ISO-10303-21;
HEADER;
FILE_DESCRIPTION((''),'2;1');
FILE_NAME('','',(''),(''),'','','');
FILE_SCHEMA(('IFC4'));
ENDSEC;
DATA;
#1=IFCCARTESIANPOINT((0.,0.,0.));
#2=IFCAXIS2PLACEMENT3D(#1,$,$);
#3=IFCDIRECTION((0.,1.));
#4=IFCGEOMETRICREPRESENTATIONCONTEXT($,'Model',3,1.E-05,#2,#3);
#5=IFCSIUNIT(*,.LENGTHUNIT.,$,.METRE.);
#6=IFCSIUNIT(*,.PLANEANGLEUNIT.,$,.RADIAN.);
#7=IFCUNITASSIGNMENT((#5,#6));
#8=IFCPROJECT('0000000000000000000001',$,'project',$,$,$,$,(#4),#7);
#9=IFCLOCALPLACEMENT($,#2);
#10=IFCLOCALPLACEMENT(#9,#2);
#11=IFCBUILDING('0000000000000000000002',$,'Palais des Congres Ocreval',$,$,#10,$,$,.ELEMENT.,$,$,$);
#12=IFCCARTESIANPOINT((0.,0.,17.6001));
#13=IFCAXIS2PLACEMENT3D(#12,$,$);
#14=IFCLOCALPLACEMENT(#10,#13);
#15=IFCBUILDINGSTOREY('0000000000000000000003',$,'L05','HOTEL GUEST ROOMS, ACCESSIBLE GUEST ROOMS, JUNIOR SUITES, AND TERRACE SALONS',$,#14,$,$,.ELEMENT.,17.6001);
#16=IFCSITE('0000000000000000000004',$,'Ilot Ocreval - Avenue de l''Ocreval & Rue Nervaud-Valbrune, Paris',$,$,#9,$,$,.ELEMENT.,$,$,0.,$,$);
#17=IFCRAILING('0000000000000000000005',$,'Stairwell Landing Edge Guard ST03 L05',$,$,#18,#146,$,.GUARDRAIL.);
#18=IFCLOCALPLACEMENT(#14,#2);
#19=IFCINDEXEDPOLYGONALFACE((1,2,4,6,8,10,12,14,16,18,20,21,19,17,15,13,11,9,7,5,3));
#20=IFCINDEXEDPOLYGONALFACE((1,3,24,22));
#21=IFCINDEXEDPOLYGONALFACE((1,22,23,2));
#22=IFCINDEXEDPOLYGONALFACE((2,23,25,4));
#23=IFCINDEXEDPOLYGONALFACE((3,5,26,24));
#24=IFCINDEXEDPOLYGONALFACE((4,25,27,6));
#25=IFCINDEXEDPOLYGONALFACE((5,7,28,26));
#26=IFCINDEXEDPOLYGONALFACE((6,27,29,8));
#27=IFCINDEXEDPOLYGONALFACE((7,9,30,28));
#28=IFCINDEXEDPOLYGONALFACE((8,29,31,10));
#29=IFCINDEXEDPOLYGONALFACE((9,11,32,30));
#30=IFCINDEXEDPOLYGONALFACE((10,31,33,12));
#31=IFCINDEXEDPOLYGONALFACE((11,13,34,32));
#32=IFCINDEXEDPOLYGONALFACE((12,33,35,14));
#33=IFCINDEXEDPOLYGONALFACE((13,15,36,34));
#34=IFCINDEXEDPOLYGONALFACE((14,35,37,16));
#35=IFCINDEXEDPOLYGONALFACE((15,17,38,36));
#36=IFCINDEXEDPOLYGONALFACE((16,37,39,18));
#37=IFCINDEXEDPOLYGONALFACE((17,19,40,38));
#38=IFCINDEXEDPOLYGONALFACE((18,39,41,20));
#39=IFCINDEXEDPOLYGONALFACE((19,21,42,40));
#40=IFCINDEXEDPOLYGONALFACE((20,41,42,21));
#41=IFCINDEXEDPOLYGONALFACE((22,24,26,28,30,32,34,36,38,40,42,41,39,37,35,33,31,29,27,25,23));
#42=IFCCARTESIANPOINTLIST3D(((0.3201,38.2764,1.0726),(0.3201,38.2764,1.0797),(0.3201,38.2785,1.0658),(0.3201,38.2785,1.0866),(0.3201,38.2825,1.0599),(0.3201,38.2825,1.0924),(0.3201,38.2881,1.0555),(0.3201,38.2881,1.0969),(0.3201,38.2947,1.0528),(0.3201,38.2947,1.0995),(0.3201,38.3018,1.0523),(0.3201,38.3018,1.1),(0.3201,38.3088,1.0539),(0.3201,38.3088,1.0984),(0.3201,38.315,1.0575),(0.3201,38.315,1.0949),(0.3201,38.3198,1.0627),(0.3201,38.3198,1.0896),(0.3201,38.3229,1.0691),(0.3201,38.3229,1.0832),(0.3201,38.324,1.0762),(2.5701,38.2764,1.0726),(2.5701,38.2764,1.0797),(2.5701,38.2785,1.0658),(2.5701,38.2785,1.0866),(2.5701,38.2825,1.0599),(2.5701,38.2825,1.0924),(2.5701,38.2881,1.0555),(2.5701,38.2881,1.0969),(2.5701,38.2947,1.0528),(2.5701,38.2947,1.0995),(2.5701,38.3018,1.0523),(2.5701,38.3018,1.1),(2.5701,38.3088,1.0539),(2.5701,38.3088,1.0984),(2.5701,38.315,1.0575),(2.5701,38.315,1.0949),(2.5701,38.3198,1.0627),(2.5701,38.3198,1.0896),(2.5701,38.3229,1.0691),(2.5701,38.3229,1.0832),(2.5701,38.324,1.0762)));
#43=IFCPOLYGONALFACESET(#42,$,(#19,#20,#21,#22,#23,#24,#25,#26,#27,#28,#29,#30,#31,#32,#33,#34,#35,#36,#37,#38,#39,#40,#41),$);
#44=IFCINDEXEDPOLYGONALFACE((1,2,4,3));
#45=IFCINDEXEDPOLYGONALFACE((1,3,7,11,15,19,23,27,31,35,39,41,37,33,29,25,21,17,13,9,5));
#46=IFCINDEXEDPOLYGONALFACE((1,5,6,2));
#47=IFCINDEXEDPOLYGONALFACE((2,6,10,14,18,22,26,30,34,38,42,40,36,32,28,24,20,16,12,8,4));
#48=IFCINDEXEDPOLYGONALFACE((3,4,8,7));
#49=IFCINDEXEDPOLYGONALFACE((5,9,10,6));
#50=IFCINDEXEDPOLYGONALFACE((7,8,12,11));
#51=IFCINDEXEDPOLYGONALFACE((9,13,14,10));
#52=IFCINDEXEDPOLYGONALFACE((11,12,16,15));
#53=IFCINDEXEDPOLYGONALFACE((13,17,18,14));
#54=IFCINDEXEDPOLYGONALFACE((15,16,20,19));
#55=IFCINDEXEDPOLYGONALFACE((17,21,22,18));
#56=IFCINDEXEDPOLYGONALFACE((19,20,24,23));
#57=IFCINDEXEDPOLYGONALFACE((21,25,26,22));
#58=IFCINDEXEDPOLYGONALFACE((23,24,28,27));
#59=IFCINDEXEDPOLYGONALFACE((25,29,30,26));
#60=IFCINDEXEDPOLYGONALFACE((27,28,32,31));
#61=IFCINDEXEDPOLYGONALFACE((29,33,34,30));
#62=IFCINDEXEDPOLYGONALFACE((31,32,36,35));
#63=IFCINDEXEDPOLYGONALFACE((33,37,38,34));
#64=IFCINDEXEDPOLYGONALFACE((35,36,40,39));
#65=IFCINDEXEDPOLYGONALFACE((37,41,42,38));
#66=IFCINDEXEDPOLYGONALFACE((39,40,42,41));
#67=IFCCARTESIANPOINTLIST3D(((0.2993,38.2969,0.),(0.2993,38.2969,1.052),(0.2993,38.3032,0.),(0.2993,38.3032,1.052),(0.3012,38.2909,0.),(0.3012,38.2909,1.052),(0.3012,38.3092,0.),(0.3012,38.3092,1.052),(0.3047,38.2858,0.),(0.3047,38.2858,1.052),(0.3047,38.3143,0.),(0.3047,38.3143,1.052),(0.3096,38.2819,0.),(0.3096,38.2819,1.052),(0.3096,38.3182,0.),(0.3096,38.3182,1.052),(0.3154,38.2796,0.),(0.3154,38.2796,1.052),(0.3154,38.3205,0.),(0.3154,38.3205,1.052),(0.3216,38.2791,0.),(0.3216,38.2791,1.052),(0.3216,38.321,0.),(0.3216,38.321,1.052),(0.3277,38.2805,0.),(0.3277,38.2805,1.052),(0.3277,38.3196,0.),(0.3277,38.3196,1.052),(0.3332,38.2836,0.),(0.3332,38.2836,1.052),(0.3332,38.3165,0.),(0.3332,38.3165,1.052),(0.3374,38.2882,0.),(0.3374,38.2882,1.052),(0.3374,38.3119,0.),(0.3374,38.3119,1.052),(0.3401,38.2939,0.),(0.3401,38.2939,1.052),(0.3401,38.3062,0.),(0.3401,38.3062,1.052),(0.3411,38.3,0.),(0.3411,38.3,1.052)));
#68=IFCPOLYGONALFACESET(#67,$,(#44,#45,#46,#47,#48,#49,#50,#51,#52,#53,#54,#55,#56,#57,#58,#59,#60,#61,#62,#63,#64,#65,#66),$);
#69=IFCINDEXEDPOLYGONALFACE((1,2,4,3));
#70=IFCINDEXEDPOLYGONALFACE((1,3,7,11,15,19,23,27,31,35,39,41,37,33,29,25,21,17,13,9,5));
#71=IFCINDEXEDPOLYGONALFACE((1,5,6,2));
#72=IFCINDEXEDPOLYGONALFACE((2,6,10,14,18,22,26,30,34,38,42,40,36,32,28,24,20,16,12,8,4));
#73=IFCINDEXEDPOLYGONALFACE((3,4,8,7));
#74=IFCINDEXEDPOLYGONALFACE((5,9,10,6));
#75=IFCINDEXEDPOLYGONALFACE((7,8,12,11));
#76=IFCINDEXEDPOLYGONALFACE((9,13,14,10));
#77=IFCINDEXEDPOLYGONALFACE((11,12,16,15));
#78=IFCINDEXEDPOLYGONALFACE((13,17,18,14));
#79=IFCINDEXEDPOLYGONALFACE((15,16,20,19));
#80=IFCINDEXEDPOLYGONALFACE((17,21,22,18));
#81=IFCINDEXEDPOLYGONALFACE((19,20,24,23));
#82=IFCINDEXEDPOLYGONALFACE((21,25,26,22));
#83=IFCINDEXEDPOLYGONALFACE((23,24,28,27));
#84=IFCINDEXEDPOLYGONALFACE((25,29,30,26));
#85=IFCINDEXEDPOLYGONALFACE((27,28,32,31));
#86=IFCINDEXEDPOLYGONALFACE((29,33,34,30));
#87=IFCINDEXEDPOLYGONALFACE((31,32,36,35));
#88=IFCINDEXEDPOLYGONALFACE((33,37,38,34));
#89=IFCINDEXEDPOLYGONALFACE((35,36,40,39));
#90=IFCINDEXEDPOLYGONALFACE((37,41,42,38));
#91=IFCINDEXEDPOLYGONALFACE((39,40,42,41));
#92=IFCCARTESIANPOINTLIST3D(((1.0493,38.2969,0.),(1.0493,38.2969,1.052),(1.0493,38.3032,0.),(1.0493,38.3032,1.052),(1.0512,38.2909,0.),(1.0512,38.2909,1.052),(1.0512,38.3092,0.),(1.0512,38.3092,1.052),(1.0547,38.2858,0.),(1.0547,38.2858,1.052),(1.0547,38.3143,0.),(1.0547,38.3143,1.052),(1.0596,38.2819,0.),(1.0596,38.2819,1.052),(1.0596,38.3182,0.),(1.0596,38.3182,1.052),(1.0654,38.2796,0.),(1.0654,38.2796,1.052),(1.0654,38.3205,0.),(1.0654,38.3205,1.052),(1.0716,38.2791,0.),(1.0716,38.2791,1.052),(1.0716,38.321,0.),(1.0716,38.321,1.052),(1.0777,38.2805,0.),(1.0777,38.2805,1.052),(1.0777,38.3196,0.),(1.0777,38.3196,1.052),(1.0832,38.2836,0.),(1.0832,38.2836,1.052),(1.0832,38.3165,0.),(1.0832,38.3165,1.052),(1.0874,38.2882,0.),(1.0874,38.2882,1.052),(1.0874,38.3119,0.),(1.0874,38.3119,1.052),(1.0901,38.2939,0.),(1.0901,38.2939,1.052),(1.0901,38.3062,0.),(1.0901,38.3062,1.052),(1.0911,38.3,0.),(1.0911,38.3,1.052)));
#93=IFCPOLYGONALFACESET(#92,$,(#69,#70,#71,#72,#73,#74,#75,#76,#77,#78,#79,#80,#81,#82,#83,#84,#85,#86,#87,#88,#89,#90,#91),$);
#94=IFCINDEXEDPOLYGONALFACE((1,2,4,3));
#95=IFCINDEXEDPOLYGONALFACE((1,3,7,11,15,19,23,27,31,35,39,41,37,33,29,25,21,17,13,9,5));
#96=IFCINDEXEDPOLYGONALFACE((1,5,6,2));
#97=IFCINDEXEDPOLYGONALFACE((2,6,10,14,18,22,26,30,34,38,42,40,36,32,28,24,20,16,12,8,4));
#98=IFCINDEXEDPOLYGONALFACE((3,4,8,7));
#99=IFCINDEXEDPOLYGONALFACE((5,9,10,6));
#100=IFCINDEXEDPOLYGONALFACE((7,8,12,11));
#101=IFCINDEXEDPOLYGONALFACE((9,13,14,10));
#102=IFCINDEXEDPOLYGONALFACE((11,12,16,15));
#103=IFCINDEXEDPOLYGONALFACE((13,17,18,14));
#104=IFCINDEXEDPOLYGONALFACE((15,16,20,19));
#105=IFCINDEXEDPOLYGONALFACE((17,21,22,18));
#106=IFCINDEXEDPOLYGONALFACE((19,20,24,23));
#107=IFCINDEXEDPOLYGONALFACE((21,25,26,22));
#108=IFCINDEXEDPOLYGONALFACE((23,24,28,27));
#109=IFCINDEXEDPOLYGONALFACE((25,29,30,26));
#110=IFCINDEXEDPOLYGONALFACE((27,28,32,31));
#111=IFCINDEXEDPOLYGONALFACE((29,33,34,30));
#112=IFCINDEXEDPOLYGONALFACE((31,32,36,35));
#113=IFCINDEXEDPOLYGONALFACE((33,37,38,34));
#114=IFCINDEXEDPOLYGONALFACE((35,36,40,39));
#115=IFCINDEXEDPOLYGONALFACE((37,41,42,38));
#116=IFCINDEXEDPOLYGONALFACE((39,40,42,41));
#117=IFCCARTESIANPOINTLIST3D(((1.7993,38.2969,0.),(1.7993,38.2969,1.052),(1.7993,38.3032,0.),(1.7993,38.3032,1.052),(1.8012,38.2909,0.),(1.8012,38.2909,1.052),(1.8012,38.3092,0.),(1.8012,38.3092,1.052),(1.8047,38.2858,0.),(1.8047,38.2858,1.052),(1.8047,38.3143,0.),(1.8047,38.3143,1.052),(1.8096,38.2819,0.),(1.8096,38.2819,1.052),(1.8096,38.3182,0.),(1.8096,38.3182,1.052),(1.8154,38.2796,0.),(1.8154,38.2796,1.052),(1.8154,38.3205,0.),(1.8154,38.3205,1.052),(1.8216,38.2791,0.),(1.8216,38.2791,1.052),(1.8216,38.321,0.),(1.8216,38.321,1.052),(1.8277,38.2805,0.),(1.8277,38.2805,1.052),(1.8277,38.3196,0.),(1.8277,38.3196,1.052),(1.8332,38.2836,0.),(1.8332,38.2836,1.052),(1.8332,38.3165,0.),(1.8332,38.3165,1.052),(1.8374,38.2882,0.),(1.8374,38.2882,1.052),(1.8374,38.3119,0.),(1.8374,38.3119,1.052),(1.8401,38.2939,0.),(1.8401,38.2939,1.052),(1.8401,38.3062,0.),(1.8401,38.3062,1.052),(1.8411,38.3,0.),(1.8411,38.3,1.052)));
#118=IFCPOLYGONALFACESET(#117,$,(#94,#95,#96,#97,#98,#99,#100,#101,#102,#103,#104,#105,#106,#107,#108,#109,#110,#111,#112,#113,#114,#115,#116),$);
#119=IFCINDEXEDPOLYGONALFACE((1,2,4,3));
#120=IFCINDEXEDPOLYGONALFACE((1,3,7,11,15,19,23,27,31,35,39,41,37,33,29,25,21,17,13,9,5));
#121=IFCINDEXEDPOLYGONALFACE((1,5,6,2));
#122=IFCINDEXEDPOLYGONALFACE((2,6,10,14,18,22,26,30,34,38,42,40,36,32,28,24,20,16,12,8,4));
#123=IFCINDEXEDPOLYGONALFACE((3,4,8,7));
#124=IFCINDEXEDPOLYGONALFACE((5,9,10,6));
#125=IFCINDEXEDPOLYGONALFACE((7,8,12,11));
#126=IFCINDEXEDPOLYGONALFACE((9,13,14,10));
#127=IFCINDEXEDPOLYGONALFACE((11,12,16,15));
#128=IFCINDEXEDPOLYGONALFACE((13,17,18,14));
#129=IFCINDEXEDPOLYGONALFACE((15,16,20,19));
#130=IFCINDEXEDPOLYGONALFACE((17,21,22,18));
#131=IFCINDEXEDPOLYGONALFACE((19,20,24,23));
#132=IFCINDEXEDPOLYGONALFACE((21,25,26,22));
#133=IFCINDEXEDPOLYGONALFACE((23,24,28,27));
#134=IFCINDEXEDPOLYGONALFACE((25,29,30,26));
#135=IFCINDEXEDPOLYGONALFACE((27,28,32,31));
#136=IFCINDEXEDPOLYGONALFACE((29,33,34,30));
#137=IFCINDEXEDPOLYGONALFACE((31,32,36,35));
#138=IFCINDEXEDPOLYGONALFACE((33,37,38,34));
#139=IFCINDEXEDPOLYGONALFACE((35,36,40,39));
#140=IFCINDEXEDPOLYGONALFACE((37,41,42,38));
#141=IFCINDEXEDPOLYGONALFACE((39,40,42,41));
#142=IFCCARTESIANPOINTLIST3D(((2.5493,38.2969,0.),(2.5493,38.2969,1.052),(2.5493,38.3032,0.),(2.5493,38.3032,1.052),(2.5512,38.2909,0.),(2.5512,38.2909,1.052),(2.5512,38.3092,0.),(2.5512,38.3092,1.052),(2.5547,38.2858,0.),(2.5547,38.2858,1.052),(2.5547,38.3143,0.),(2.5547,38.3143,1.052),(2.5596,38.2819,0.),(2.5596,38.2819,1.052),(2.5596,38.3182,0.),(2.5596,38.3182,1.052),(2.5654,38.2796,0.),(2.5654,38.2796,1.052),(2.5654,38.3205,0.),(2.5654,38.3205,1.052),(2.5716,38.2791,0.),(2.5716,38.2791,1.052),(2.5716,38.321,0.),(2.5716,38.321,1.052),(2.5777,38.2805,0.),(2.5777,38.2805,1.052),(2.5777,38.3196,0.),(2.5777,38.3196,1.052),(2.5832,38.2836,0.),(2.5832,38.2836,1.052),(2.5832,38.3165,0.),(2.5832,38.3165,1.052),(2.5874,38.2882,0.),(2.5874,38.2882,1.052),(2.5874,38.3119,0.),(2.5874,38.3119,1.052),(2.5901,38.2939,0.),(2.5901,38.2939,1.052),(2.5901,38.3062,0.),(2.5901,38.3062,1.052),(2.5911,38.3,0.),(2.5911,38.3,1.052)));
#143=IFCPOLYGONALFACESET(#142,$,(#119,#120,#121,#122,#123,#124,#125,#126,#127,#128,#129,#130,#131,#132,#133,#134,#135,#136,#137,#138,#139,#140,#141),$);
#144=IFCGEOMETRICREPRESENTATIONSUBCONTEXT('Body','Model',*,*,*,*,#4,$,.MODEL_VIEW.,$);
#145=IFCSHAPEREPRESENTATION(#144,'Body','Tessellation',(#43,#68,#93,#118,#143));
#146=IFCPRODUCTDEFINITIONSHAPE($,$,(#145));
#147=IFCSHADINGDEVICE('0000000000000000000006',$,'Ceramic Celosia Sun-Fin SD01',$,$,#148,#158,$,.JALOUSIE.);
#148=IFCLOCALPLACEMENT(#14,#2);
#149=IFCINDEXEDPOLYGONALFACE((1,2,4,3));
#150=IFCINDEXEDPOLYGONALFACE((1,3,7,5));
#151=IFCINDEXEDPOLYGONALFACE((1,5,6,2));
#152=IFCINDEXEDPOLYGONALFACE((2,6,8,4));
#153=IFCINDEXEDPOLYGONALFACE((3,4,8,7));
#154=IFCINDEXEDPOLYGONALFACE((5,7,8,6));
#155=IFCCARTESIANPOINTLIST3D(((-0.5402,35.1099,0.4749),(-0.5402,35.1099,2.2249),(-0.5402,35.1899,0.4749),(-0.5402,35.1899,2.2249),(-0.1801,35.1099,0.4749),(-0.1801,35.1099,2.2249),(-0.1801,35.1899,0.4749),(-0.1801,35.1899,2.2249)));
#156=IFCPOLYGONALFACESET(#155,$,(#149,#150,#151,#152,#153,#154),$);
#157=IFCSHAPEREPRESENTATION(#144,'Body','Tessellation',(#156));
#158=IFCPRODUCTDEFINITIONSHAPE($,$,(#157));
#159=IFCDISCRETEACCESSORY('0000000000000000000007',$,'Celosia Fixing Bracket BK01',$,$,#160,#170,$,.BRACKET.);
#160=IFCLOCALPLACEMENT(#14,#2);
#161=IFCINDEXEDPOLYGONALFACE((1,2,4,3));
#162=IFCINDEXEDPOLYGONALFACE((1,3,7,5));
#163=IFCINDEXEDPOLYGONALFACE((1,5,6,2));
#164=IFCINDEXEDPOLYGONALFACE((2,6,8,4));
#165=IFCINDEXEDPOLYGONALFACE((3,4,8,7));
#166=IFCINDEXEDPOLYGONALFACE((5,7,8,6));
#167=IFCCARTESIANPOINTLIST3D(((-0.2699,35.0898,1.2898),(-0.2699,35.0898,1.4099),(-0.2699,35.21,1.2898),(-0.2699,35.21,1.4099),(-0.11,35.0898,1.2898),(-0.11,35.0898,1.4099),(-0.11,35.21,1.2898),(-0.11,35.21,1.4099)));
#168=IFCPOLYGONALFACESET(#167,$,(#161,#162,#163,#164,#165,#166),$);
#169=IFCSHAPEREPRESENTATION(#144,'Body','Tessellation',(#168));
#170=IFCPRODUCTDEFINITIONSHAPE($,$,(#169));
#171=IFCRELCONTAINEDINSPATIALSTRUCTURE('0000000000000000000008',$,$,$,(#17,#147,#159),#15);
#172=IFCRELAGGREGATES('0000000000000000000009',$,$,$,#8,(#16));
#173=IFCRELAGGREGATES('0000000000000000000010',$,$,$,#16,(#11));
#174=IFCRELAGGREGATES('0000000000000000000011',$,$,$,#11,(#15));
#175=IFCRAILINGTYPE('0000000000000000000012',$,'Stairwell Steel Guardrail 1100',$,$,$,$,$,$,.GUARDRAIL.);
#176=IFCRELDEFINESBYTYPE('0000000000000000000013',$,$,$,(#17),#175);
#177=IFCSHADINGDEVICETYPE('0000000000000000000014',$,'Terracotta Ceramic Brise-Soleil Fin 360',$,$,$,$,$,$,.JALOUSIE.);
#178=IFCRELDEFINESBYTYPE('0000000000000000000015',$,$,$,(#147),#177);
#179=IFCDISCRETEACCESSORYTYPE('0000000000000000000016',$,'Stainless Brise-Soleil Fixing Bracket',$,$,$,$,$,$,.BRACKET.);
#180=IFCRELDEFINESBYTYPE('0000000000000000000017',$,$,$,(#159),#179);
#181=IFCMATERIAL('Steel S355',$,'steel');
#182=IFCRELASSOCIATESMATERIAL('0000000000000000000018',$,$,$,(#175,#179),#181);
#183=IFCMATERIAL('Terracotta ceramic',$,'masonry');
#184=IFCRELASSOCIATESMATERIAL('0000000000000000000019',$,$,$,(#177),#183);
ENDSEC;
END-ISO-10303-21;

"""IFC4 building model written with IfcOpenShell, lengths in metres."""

from ifc_helpers import new_model, si_unit, direction, frame, origin, origin_2d, place, context, subcontext, project, spatial, rectangle, circle, extrude, material, type_object, element, save


model = new_model("IFC4")

# Units and contexts
model_context = context("Model", 3, precision=1e-05, world=origin(), true_north=direction((0.0, 1.0)))
body_context = subcontext(model_context, "Body", "Model", "MODEL_VIEW")
ifc_project = project(units=[si_unit("LENGTHUNIT", "METRE"), si_unit("PLANEANGLEUNIT", "RADIAN")], contexts=[model_context])

# Site, building, storey
site_placement = place(None, origin())
site = spatial("IfcSite", under=ifc_project, at=site_placement, Name="Ilot Ocreval - Avenue de l'Ocreval & Rue Nervaud-Valbrune, Paris", CompositionType="ELEMENT", RefElevation=0.0)
building_placement = place(site_placement, origin())
building = spatial("IfcBuilding", under=site, at=building_placement, Name="Palais des Congres Ocreval", CompositionType="ELEMENT")
storey_placement = place(building_placement, frame((0.0, 0.0, 17.6001)))
storey = spatial("IfcBuildingStorey", under=building, at=storey_placement, Name="L05", Description="HOTEL GUEST ROOMS, ACCESSIBLE GUEST ROOMS, JUNIOR SUITES, AND TERRACE SALONS", CompositionType="ELEMENT", Elevation=17.6001)

# Shared definitions
ifc_material_1 = material(Name="Steel S355", Category="steel")

# Railing
railing_type_1 = type_object("IfcRailingType", Name="Stairwell Steel Guardrail 1100", PredefinedType="GUARDRAIL", material=ifc_material_1)
railing_1_placement = place(storey_placement, frame((0.3201, 38.3, 0.0)))
element("IfcRailing", 1, at=railing_1_placement, inside=storey, type_object=railing_type_1, Name="Stairwell Landing Edge Guard ST03 L05", PredefinedType="GUARDRAIL", context=body_context, shape_type="SweptSolid", body=[
    extrude(circle(Radius=0.0239, at=origin_2d()), frame((0.0, 0.0, 1.0762), z_axis=(1.0, 0.0, 0.0), x_axis=(0.0, 1.0, 0.0)), (0.0, 0.0, 1.0), 2.25),
    extrude(circle(Radius=0.021, at=origin_2d()), origin(), (0.0, 0.0, 1.0), 1.052),
    extrude(circle(Radius=0.021, at=origin_2d()), frame((0.75, 0.0, 0.0)), (0.0, 0.0, 1.0), 1.052),
    extrude(circle(Radius=0.021, at=origin_2d()), frame((1.5, 0.0, 0.0)), (0.0, 0.0, 1.0), 1.052),
    extrude(circle(Radius=0.021, at=origin_2d()), frame((2.25, 0.0, 0.0)), (0.0, 0.0, 1.0), 1.052),
])

# Shading device
ifc_material_2 = material(Name="Terracotta ceramic", Category="masonry")
shading_device_type = type_object("IfcShadingDeviceType", Name="Terracotta Ceramic Brise-Soleil Fin 360", PredefinedType="JALOUSIE", material=ifc_material_2)
shading_device_placement = place(storey_placement, frame((-0.3601, 35.1499, 0.4749), z_axis=(0.0, 0.0, 1.0), x_axis=(-1.0, 0.0, 0.0)))
element("IfcShadingDevice", 2, at=shading_device_placement, inside=storey, type_object=shading_device_type, Name="Ceramic Celosia Sun-Fin SD01", PredefinedType="JALOUSIE", context=body_context, shape_type="SweptSolid", body=[
    extrude(rectangle(XDim=0.3601, YDim=0.0801, at=origin_2d()), origin(), (0.0, 0.0, 1.0), 1.75),
])

# Discrete accessory
discrete_accessory_type = type_object("IfcDiscreteAccessoryType", Name="Stainless Brise-Soleil Fixing Bracket", PredefinedType="BRACKET", material=ifc_material_1)
discrete_accessory_placement = place(storey_placement, frame((-0.1899, 35.1499, 1.2898), z_axis=(0.0, 0.0, 1.0), x_axis=(-1.0, 0.0, 0.0)))
element("IfcDiscreteAccessory", 3, at=discrete_accessory_placement, inside=storey, type_object=discrete_accessory_type, Name="Celosia Fixing Bracket BK01", PredefinedType="BRACKET", context=body_context, shape_type="SweptSolid", body=[
    extrude(rectangle(XDim=0.1599, YDim=0.1201, at=origin_2d()), origin(), (0.0, 0.0, 1.0), 0.1201),
])

save(model, "model.ifc")
